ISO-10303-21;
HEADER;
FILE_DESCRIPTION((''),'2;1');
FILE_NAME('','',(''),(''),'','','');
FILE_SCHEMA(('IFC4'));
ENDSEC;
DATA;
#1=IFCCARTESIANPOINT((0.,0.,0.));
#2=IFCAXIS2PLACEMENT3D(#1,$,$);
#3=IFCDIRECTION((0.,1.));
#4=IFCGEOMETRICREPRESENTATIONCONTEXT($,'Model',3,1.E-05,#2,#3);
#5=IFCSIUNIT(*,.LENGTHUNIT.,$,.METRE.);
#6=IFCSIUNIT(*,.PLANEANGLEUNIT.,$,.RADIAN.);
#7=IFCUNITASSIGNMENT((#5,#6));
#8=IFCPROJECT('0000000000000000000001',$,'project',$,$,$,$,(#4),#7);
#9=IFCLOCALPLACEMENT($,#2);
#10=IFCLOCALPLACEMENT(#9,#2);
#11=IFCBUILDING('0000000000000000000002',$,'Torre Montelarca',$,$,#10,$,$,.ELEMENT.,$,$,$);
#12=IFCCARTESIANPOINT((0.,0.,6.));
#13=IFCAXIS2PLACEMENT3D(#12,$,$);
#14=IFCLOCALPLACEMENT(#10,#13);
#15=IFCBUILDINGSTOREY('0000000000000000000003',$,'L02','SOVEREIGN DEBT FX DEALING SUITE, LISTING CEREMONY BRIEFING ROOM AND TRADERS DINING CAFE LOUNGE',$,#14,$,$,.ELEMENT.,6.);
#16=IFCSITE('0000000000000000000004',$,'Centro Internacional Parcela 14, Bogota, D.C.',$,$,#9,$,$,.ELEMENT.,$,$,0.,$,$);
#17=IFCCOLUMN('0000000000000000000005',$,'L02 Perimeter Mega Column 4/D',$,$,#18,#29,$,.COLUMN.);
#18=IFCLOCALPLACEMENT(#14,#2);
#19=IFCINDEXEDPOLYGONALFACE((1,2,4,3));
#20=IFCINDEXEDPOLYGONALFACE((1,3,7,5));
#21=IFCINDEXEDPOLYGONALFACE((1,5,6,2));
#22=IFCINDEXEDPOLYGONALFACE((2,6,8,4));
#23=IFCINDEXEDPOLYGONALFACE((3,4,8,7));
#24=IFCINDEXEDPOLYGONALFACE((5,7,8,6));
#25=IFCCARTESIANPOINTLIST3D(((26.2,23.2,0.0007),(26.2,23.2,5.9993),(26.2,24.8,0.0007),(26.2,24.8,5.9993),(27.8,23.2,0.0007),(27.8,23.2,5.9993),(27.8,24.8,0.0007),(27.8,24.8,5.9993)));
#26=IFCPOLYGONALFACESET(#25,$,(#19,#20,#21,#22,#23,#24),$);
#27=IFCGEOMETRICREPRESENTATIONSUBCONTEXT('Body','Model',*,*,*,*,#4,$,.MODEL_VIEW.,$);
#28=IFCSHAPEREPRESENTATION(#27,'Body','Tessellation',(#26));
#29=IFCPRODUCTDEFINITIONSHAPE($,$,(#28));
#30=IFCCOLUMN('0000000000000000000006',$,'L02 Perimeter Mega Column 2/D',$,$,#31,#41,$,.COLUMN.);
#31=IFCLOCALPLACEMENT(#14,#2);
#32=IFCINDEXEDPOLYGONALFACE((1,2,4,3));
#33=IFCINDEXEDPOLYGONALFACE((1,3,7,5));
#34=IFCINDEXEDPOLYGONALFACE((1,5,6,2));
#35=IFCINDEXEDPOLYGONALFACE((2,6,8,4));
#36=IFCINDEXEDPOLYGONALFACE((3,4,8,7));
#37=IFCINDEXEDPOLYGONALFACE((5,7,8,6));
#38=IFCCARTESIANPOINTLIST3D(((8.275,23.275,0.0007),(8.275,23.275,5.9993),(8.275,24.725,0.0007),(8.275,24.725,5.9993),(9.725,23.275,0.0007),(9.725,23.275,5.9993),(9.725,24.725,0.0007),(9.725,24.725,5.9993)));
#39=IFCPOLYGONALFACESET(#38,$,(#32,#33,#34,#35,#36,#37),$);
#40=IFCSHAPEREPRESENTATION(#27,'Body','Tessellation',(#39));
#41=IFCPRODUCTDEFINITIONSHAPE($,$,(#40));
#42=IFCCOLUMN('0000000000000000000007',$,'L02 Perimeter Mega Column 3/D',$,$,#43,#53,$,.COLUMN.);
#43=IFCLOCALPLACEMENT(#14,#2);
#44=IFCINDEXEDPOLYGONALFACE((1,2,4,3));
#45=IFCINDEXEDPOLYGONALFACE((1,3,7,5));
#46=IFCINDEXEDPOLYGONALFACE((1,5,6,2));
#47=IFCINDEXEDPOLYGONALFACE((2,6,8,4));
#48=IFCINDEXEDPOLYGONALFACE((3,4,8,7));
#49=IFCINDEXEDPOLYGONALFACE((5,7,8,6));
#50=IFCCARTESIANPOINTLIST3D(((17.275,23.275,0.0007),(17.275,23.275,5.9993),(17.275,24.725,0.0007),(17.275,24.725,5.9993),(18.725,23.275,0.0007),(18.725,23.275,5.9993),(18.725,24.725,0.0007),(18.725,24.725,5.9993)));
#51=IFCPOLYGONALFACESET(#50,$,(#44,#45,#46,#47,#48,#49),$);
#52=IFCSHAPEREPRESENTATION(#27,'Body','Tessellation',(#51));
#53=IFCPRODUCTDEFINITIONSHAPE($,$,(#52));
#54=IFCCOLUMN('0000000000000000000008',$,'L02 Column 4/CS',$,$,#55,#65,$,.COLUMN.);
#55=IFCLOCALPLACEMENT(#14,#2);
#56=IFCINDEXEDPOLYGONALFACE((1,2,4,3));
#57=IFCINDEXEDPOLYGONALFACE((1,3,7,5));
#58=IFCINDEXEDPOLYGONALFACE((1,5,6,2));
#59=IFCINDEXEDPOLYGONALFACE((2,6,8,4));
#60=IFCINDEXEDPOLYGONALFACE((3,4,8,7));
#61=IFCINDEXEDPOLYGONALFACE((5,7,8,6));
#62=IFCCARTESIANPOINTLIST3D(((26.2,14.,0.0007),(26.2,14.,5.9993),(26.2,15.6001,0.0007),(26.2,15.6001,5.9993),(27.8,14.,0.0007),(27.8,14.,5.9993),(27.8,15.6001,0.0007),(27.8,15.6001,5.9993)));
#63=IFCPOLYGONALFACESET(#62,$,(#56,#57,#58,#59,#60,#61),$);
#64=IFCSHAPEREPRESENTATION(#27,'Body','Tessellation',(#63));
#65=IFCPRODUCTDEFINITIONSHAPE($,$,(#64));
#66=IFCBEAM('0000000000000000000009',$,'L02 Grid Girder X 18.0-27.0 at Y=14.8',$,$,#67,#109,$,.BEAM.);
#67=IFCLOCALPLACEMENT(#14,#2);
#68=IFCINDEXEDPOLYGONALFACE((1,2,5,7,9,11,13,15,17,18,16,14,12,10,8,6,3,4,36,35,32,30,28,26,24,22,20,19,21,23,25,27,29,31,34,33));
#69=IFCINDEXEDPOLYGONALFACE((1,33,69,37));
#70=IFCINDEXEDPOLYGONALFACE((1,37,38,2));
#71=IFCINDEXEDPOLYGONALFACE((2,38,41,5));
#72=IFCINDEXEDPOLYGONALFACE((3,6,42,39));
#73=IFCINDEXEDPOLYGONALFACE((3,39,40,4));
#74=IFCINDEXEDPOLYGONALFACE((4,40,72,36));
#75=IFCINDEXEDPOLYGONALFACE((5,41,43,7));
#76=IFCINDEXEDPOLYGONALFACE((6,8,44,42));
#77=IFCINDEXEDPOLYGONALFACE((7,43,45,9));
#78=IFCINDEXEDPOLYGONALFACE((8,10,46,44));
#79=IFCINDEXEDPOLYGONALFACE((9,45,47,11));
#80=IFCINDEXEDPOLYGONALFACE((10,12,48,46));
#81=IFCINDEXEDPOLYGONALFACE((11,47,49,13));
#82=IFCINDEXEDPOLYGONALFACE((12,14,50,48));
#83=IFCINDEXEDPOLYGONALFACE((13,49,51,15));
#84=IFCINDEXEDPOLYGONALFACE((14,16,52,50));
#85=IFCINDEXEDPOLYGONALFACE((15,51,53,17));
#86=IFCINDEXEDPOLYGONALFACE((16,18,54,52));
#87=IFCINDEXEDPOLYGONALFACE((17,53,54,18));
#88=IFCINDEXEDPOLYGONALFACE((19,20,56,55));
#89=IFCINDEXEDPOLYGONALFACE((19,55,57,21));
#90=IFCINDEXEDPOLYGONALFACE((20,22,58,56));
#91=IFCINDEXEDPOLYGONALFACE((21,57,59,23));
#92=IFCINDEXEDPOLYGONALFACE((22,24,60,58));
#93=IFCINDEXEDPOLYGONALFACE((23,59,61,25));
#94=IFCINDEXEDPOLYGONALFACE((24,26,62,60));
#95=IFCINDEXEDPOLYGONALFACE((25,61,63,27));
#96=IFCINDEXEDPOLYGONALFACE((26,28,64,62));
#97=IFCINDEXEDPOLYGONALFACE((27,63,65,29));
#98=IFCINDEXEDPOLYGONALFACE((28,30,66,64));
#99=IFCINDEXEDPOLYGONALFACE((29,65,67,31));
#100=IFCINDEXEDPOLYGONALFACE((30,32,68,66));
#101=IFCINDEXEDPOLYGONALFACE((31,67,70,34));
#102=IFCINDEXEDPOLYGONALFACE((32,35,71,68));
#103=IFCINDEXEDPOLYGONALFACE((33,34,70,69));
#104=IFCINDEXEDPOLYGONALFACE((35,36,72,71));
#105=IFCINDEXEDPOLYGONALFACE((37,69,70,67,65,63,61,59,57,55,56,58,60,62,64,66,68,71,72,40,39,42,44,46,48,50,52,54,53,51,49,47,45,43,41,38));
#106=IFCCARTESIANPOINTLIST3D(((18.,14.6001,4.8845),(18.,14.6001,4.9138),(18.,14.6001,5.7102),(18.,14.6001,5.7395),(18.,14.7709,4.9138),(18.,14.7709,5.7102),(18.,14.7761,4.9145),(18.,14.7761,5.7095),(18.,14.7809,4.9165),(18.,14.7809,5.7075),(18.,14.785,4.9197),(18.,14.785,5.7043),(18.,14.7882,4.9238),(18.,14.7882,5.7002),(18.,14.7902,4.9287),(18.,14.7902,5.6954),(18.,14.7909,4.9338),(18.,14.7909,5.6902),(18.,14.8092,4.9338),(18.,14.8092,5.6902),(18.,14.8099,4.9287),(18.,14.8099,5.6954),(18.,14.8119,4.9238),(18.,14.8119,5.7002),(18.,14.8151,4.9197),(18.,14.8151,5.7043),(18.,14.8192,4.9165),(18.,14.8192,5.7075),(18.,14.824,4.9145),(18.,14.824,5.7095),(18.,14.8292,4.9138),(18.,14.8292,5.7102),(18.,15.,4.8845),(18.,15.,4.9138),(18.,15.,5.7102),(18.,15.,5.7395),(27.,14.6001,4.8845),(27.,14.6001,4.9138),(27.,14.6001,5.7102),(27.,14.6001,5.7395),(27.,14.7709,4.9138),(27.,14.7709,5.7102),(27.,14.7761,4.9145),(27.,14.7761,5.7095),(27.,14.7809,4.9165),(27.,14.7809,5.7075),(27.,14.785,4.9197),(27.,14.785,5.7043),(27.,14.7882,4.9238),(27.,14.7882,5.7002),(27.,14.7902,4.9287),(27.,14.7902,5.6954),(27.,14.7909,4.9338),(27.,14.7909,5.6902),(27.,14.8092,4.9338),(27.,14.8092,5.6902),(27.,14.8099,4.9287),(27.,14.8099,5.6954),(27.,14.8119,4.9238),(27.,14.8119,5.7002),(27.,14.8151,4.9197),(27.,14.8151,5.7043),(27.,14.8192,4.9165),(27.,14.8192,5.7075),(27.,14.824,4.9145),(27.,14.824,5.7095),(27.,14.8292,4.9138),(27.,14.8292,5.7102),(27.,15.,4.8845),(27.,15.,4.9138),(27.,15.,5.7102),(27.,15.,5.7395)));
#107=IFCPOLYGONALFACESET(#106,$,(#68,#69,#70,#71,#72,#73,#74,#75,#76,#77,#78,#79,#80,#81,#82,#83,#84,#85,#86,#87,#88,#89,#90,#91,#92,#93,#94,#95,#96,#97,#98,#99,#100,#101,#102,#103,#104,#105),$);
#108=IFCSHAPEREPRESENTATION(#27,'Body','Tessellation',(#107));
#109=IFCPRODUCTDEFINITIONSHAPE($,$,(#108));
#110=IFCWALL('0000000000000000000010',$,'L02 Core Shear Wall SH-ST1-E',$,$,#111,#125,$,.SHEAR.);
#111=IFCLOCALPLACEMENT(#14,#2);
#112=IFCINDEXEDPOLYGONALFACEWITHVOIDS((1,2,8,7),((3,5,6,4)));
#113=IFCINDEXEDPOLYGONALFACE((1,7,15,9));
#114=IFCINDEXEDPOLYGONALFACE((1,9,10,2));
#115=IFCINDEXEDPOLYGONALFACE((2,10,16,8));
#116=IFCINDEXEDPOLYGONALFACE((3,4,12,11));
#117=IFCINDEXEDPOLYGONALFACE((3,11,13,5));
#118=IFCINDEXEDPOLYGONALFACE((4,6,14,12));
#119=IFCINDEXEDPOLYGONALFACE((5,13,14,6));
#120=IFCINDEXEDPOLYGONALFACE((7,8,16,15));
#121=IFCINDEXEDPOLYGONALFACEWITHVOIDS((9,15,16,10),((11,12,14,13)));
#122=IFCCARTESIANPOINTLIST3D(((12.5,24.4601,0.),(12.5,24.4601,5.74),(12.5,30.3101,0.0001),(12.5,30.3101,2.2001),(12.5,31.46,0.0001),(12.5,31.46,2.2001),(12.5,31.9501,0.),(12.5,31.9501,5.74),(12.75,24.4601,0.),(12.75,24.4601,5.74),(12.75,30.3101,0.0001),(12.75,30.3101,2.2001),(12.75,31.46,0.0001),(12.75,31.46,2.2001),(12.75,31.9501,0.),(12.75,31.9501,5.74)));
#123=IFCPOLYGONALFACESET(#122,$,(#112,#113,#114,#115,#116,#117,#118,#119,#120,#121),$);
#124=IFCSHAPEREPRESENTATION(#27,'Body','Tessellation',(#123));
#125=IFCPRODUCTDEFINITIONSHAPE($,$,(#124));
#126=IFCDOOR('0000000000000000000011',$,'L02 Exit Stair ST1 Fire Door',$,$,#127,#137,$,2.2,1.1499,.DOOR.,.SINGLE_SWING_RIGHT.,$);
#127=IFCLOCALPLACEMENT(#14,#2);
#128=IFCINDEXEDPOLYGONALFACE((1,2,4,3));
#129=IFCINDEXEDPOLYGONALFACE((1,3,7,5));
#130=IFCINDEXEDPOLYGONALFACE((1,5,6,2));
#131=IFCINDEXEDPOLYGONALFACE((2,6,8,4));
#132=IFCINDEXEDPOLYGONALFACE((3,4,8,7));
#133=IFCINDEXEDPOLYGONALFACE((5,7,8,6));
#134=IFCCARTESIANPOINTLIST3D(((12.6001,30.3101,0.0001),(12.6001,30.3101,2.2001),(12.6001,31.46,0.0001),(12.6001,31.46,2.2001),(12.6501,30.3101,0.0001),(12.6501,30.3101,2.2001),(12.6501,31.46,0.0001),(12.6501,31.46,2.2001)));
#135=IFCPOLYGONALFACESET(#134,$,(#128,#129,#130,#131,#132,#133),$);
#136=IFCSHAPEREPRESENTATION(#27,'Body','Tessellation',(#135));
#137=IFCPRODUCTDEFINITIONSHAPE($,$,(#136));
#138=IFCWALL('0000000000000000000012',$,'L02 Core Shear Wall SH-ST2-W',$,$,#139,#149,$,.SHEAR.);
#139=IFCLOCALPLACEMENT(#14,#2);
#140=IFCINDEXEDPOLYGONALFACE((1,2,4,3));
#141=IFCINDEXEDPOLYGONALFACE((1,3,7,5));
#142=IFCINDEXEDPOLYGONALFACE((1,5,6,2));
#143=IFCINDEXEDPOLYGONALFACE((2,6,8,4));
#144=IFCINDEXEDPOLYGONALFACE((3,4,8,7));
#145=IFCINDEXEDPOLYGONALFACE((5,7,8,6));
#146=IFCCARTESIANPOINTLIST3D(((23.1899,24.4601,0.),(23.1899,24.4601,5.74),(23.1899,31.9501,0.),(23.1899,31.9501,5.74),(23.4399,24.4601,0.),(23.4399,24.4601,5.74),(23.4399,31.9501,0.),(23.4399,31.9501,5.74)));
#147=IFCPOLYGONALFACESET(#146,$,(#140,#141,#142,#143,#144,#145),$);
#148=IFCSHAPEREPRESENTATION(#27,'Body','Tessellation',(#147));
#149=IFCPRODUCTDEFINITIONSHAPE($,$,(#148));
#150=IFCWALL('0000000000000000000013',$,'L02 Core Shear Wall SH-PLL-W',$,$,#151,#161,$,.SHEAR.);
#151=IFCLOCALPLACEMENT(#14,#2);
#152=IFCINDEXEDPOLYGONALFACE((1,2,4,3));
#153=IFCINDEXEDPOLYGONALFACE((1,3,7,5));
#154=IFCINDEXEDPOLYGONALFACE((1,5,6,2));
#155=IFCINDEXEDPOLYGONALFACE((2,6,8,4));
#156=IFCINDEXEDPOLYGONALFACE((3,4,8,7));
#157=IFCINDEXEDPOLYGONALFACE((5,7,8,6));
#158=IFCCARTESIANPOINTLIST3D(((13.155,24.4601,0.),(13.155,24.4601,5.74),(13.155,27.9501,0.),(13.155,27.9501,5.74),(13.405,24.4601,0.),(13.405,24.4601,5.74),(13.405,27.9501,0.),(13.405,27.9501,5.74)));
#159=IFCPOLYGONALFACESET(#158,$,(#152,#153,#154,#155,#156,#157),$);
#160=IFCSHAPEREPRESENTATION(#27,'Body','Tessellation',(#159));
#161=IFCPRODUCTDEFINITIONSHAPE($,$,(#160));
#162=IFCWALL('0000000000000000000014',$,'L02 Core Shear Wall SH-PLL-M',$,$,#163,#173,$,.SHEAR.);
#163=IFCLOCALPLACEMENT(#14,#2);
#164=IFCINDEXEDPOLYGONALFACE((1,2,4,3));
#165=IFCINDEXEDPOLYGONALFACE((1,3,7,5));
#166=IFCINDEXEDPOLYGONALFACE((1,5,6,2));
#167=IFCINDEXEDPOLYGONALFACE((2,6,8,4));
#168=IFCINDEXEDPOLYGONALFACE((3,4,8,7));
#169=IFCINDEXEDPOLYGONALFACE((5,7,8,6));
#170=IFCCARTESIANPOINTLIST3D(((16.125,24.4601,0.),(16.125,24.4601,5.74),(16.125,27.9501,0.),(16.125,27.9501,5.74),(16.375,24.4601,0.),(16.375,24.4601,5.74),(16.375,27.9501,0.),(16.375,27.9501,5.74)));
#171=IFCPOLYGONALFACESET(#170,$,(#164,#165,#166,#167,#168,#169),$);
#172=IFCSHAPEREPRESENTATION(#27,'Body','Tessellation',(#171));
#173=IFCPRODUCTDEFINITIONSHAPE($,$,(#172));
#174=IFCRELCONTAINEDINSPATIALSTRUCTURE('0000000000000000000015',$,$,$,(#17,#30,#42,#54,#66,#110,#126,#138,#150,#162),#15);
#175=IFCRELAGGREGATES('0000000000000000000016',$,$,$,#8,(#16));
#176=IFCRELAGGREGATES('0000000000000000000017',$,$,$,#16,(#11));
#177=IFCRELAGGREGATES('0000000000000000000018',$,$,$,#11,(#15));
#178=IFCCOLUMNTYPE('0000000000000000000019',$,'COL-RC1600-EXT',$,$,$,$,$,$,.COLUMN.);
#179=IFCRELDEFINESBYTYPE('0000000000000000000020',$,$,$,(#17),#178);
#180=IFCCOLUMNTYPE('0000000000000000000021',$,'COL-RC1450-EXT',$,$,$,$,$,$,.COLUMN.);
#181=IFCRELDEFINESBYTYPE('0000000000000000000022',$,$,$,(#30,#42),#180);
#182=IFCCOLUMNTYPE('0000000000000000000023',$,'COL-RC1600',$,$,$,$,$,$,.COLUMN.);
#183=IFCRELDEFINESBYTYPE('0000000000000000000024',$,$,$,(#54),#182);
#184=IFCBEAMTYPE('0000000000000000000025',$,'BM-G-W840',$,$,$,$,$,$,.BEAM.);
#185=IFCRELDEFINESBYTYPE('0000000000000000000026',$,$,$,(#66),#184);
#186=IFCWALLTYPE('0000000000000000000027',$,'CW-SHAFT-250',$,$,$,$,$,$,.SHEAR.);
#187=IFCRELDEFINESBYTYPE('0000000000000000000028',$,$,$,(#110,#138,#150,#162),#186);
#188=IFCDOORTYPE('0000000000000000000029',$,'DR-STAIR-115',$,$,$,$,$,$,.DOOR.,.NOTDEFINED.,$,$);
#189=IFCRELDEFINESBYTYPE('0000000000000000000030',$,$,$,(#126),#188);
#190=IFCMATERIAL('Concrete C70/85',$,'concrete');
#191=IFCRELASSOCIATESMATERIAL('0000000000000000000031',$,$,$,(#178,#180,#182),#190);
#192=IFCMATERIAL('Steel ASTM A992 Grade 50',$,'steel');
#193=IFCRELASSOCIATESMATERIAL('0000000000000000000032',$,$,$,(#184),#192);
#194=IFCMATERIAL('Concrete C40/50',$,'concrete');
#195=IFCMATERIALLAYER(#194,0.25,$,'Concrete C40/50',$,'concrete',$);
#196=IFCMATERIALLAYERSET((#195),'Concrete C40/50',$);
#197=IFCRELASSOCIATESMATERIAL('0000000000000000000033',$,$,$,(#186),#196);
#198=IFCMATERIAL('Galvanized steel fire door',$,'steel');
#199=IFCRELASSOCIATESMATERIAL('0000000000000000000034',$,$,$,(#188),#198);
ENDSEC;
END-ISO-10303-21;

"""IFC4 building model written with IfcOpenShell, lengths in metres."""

from ifc_helpers import new_model, si_unit, direction, frame, frame_2d, origin, origin_2d, place, context, subcontext, project, spatial, rectangle, i_section, extrude, source, transform, mapped, material, layer, layer_set, material_profile, profile_set, type_object, element, fill, save


model = new_model("IFC4")

# Units and contexts
model_context = context("Model", 3, precision=1e-05, world=origin(), true_north=direction((0.0, 1.0)))
body_context = subcontext(model_context, "Body", "Model", "MODEL_VIEW")
ifc_project = project(units=[si_unit("LENGTHUNIT", "METRE"), si_unit("PLANEANGLEUNIT", "RADIAN")], contexts=[model_context])

# Site, building, storey
site_placement = place(None, origin())
site = spatial("IfcSite", under=ifc_project, at=site_placement, Name="Centro Internacional Parcela 14, Bogota, D.C.", CompositionType="ELEMENT", RefElevation=0.0)
building_placement = place(site_placement, origin())
building = spatial("IfcBuilding", under=site, at=building_placement, Name="Torre Montelarca", CompositionType="ELEMENT")
storey_placement = place(building_placement, frame((0.0, 0.0, 6.0)))
storey = spatial("IfcBuildingStorey", under=building, at=storey_placement, Name="L02", Description="SOVEREIGN DEBT FX DEALING SUITE, LISTING CEREMONY BRIEFING ROOM AND TRADERS DINING CAFE LOUNGE", CompositionType="ELEMENT", Elevation=6.0)

# Columns
ifc_material_1 = material(Name="Concrete C70/85", Category="concrete")
ifc_material_profile_1 = material_profile(ifc_material_1, rectangle(XDim=1.6001, YDim=1.6001, at=origin_2d()), Name="RC1600X1600", Category="concrete")
ifc_profile_set_1 = profile_set([ifc_material_profile_1], Name="Concrete C70/85")
column_type_1 = type_object("IfcColumnType", Name="COL-RC1600-EXT", PredefinedType="COLUMN", material=ifc_profile_set_1)
shared_shape_1 = source(origin(), body_context, "Body", "SweptSolid", [
    extrude(rectangle(XDim=1.6001, YDim=1.6001, at=origin_2d()), origin(), (0.0, 0.0, 1.0), 5.9985),
])
column_1_placement = place(storey_placement, frame((27.0, 24.0, 0.0007), z_axis=(0.0, 0.0, 1.0), x_axis=(1.0, 0.0, 0.0)))
element("IfcColumn", 1, at=column_1_placement, inside=storey, type_object=column_type_1, Name="L02 Perimeter Mega Column 4/D", PredefinedType="COLUMN", context=body_context, shape_type="MappedRepresentation", body=[
    mapped(shared_shape_1, transform((0.0, 0.0, 0.0), scale=1.0)),
])
ifc_material_profile_2 = material_profile(ifc_material_1, rectangle(XDim=1.45, YDim=1.45, at=origin_2d()), Name="RC1450X1450", Category="concrete")
ifc_profile_set_2 = profile_set([ifc_material_profile_2], Name="Concrete C70/85")
column_type_2 = type_object("IfcColumnType", Name="COL-RC1450-EXT", PredefinedType="COLUMN", material=ifc_profile_set_2)
shared_shape_2 = source(origin(), body_context, "Body", "SweptSolid", [
    extrude(rectangle(XDim=1.45, YDim=1.45, at=origin_2d()), origin(), (0.0, 0.0, 1.0), 5.9985),
])
for number, where, z_axis, x_axis, name in (
    (2, (9.0, 24.0, 0.0007), (0.0, 0.0, 1.0), (1.0, 0.0, 0.0), "L02 Perimeter Mega Column 2/D"),
    (3, (18.0, 24.0, 0.0007), (0.0, 0.0, 1.0), (1.0, 0.0, 0.0), "L02 Perimeter Mega Column 3/D"),
):
    element("IfcColumn", number, at=place(storey_placement, frame(where, z_axis=z_axis, x_axis=x_axis)), inside=storey, type_object=column_type_2, Name=name, PredefinedType="COLUMN", context=body_context, shape_type="MappedRepresentation", body=[
        mapped(shared_shape_2, transform((0.0, 0.0, 0.0), scale=1.0)),
    ])
ifc_material_profile_3 = material_profile(ifc_material_1, rectangle(XDim=1.6001, YDim=1.6001, at=origin_2d()), Name="RC1600X1600", Category="concrete")
ifc_profile_set_3 = profile_set([ifc_material_profile_3], Name="Concrete C70/85")
column_type_3 = type_object("IfcColumnType", Name="COL-RC1600", PredefinedType="COLUMN", material=ifc_profile_set_3)
shared_shape_3 = source(origin(), body_context, "Body", "SweptSolid", [
    extrude(rectangle(XDim=1.6001, YDim=1.6001, at=origin_2d()), origin(), (0.0, 0.0, 1.0), 5.9985),
])
column_2_placement = place(storey_placement, frame((27.0, 14.8, 0.0007), z_axis=(0.0, 0.0, 1.0), x_axis=(1.0, 0.0, 0.0)))
element("IfcColumn", 4, at=column_2_placement, inside=storey, type_object=column_type_3, Name="L02 Column 4/CS", PredefinedType="COLUMN", context=body_context, shape_type="MappedRepresentation", body=[
    mapped(shared_shape_3, transform((0.0, 0.0, 0.0), scale=1.0)),
])

# Beam
ifc_material_2 = material(Name="Steel ASTM A992 Grade 50", Category="steel")
ifc_material_profile_4 = material_profile(ifc_material_2, i_section(OverallWidth=0.3999, OverallDepth=0.855, WebThickness=0.0183, FlangeThickness=0.0293, FilletRadius=0.02, at=origin_2d()), Name="W840X299", Category="steel")
ifc_profile_set_4 = profile_set([ifc_material_profile_4], Name="Steel ASTM A992 Grade 50")
beam_type = type_object("IfcBeamType", Name="BM-G-W840", PredefinedType="BEAM", material=ifc_profile_set_4)
shared_shape_4 = source(origin(), body_context, "Body", "SweptSolid", [
    extrude(i_section(OverallWidth=0.3999, OverallDepth=0.855, WebThickness=0.0183, FlangeThickness=0.0293, FilletRadius=0.02, at=origin_2d()), origin(), (0.0, 0.0, 1.0), 9.0),
])
beam_placement = place(storey_placement, frame((18.0, 14.8, 5.312), z_axis=(1.0, 0.0, 0.0), x_axis=(0.0, 1.0, 0.0)))
element("IfcBeam", 5, at=beam_placement, inside=storey, type_object=beam_type, Name="L02 Grid Girder X 18.0-27.0 at Y=14.8", PredefinedType="BEAM", context=body_context, shape_type="MappedRepresentation", body=[
    mapped(shared_shape_4, transform((0.0, 0.0, 0.0), scale=1.0)),
])

# Wall, opening, door
ifc_material_3 = material(Name="Concrete C40/50", Category="concrete")
ifc_layer_1 = layer(ifc_material_3, 0.25, Name="Concrete C40/50", Category="concrete")
ifc_layer_set_1 = layer_set([ifc_layer_1], Name="Concrete C40/50")
wall_type_1 = type_object("IfcWallType", Name="CW-SHAFT-250", PredefinedType="SHEAR", material=ifc_layer_set_1)
wall_1_placement = place(storey_placement, frame((12.625, 24.46, 0.0), z_axis=(0.0, 0.0, 1.0), x_axis=(0.0, 1.0, 0.0)))
wall_1 = element("IfcWall", 6, at=wall_1_placement, inside=storey, type_object=wall_type_1, Name="L02 Core Shear Wall SH-ST1-E", PredefinedType="SHEAR", context=body_context, shape_type="SweptSolid", body=[
    extrude(rectangle(XDim=7.49, YDim=0.25, at=frame_2d((3.7451, 0.0))), origin(), (0.0, 0.0, 1.0), 5.74),
])
opening_1_placement = place(wall_1_placement, frame((5.8501, 0.0, 0.0)))
opening_1 = element("IfcOpeningElement", 7, at=opening_1_placement, cuts=wall_1, PredefinedType="OPENING", context=body_context, shape_type="SweptSolid", body=[
    extrude(rectangle(XDim=1.1499, YDim=2.2, at=frame_2d((0.575, 1.1001))), frame((0.0, 0.135, 0.0), z_axis=(0.0, -1.0, 0.0), x_axis=(1.0, 0.0, 0.0)), (0.0, 0.0, 1.0), 0.27),
])
ifc_material_4 = material(Name="Galvanized steel fire door", Category="steel")
door_type_1 = type_object("IfcDoorType", Name="DR-STAIR-115", OperationType="NOTDEFINED", PredefinedType="DOOR", material=ifc_material_4)
shared_shape_5 = source(origin(), body_context, "Body", "SweptSolid", [
    extrude(rectangle(XDim=1.1499, YDim=2.2, at=frame_2d((0.575, 1.1001))), frame((0.0, 0.0249, 0.0), z_axis=(0.0, -1.0, 0.0), x_axis=(1.0, 0.0, 0.0)), (0.0, 0.0, 1.0), 0.05),
])
door_1_placement = place(opening_1_placement, origin())
door_1 = element("IfcDoor", 8, at=door_1_placement, inside=storey, type_object=door_type_1, Name="L02 Exit Stair ST1 Fire Door", OperationType="SINGLE_SWING_RIGHT", OverallHeight=2.2, OverallWidth=1.1499, PredefinedType="DOOR", context=body_context, shape_type="MappedRepresentation", body=[
    mapped(shared_shape_5, transform((0.0, 0.0, 0.0), scale=1.0)),
])
fill(opening_1, door_1)

# Walls
wall_2_placement = place(storey_placement, frame((23.3149, 24.46, 0.0), z_axis=(0.0, 0.0, 1.0), x_axis=(0.0, 1.0, 0.0)))
element("IfcWall", 9, at=wall_2_placement, inside=storey, type_object=wall_type_1, Name="L02 Core Shear Wall SH-ST2-W", PredefinedType="SHEAR", context=body_context, shape_type="SweptSolid", body=[
    extrude(rectangle(XDim=7.49, YDim=0.25, at=frame_2d((3.7451, 0.0))), origin(), (0.0, 0.0, 1.0), 5.74),
])
for number, where, z_axis, x_axis, name in (
    (10, (13.28, 24.46, 0.0), (0.0, 0.0, 1.0), (0.0, 1.0, 0.0), "L02 Core Shear Wall SH-PLL-W"),
    (11, (16.25, 24.46, 0.0), (0.0, 0.0, 1.0), (0.0, 1.0, 0.0), "L02 Core Shear Wall SH-PLL-M"),
):
    element("IfcWall", number, at=place(storey_placement, frame(where, z_axis=z_axis, x_axis=x_axis)), inside=storey, type_object=wall_type_1, Name=name, PredefinedType="SHEAR", context=body_context, shape_type="SweptSolid", body=[
        extrude(rectangle(XDim=3.49, YDim=0.25, at=frame_2d((1.7451, 0.0))), origin(), (0.0, 0.0, 1.0), 5.74),
    ])

save(model, "model.ifc")
